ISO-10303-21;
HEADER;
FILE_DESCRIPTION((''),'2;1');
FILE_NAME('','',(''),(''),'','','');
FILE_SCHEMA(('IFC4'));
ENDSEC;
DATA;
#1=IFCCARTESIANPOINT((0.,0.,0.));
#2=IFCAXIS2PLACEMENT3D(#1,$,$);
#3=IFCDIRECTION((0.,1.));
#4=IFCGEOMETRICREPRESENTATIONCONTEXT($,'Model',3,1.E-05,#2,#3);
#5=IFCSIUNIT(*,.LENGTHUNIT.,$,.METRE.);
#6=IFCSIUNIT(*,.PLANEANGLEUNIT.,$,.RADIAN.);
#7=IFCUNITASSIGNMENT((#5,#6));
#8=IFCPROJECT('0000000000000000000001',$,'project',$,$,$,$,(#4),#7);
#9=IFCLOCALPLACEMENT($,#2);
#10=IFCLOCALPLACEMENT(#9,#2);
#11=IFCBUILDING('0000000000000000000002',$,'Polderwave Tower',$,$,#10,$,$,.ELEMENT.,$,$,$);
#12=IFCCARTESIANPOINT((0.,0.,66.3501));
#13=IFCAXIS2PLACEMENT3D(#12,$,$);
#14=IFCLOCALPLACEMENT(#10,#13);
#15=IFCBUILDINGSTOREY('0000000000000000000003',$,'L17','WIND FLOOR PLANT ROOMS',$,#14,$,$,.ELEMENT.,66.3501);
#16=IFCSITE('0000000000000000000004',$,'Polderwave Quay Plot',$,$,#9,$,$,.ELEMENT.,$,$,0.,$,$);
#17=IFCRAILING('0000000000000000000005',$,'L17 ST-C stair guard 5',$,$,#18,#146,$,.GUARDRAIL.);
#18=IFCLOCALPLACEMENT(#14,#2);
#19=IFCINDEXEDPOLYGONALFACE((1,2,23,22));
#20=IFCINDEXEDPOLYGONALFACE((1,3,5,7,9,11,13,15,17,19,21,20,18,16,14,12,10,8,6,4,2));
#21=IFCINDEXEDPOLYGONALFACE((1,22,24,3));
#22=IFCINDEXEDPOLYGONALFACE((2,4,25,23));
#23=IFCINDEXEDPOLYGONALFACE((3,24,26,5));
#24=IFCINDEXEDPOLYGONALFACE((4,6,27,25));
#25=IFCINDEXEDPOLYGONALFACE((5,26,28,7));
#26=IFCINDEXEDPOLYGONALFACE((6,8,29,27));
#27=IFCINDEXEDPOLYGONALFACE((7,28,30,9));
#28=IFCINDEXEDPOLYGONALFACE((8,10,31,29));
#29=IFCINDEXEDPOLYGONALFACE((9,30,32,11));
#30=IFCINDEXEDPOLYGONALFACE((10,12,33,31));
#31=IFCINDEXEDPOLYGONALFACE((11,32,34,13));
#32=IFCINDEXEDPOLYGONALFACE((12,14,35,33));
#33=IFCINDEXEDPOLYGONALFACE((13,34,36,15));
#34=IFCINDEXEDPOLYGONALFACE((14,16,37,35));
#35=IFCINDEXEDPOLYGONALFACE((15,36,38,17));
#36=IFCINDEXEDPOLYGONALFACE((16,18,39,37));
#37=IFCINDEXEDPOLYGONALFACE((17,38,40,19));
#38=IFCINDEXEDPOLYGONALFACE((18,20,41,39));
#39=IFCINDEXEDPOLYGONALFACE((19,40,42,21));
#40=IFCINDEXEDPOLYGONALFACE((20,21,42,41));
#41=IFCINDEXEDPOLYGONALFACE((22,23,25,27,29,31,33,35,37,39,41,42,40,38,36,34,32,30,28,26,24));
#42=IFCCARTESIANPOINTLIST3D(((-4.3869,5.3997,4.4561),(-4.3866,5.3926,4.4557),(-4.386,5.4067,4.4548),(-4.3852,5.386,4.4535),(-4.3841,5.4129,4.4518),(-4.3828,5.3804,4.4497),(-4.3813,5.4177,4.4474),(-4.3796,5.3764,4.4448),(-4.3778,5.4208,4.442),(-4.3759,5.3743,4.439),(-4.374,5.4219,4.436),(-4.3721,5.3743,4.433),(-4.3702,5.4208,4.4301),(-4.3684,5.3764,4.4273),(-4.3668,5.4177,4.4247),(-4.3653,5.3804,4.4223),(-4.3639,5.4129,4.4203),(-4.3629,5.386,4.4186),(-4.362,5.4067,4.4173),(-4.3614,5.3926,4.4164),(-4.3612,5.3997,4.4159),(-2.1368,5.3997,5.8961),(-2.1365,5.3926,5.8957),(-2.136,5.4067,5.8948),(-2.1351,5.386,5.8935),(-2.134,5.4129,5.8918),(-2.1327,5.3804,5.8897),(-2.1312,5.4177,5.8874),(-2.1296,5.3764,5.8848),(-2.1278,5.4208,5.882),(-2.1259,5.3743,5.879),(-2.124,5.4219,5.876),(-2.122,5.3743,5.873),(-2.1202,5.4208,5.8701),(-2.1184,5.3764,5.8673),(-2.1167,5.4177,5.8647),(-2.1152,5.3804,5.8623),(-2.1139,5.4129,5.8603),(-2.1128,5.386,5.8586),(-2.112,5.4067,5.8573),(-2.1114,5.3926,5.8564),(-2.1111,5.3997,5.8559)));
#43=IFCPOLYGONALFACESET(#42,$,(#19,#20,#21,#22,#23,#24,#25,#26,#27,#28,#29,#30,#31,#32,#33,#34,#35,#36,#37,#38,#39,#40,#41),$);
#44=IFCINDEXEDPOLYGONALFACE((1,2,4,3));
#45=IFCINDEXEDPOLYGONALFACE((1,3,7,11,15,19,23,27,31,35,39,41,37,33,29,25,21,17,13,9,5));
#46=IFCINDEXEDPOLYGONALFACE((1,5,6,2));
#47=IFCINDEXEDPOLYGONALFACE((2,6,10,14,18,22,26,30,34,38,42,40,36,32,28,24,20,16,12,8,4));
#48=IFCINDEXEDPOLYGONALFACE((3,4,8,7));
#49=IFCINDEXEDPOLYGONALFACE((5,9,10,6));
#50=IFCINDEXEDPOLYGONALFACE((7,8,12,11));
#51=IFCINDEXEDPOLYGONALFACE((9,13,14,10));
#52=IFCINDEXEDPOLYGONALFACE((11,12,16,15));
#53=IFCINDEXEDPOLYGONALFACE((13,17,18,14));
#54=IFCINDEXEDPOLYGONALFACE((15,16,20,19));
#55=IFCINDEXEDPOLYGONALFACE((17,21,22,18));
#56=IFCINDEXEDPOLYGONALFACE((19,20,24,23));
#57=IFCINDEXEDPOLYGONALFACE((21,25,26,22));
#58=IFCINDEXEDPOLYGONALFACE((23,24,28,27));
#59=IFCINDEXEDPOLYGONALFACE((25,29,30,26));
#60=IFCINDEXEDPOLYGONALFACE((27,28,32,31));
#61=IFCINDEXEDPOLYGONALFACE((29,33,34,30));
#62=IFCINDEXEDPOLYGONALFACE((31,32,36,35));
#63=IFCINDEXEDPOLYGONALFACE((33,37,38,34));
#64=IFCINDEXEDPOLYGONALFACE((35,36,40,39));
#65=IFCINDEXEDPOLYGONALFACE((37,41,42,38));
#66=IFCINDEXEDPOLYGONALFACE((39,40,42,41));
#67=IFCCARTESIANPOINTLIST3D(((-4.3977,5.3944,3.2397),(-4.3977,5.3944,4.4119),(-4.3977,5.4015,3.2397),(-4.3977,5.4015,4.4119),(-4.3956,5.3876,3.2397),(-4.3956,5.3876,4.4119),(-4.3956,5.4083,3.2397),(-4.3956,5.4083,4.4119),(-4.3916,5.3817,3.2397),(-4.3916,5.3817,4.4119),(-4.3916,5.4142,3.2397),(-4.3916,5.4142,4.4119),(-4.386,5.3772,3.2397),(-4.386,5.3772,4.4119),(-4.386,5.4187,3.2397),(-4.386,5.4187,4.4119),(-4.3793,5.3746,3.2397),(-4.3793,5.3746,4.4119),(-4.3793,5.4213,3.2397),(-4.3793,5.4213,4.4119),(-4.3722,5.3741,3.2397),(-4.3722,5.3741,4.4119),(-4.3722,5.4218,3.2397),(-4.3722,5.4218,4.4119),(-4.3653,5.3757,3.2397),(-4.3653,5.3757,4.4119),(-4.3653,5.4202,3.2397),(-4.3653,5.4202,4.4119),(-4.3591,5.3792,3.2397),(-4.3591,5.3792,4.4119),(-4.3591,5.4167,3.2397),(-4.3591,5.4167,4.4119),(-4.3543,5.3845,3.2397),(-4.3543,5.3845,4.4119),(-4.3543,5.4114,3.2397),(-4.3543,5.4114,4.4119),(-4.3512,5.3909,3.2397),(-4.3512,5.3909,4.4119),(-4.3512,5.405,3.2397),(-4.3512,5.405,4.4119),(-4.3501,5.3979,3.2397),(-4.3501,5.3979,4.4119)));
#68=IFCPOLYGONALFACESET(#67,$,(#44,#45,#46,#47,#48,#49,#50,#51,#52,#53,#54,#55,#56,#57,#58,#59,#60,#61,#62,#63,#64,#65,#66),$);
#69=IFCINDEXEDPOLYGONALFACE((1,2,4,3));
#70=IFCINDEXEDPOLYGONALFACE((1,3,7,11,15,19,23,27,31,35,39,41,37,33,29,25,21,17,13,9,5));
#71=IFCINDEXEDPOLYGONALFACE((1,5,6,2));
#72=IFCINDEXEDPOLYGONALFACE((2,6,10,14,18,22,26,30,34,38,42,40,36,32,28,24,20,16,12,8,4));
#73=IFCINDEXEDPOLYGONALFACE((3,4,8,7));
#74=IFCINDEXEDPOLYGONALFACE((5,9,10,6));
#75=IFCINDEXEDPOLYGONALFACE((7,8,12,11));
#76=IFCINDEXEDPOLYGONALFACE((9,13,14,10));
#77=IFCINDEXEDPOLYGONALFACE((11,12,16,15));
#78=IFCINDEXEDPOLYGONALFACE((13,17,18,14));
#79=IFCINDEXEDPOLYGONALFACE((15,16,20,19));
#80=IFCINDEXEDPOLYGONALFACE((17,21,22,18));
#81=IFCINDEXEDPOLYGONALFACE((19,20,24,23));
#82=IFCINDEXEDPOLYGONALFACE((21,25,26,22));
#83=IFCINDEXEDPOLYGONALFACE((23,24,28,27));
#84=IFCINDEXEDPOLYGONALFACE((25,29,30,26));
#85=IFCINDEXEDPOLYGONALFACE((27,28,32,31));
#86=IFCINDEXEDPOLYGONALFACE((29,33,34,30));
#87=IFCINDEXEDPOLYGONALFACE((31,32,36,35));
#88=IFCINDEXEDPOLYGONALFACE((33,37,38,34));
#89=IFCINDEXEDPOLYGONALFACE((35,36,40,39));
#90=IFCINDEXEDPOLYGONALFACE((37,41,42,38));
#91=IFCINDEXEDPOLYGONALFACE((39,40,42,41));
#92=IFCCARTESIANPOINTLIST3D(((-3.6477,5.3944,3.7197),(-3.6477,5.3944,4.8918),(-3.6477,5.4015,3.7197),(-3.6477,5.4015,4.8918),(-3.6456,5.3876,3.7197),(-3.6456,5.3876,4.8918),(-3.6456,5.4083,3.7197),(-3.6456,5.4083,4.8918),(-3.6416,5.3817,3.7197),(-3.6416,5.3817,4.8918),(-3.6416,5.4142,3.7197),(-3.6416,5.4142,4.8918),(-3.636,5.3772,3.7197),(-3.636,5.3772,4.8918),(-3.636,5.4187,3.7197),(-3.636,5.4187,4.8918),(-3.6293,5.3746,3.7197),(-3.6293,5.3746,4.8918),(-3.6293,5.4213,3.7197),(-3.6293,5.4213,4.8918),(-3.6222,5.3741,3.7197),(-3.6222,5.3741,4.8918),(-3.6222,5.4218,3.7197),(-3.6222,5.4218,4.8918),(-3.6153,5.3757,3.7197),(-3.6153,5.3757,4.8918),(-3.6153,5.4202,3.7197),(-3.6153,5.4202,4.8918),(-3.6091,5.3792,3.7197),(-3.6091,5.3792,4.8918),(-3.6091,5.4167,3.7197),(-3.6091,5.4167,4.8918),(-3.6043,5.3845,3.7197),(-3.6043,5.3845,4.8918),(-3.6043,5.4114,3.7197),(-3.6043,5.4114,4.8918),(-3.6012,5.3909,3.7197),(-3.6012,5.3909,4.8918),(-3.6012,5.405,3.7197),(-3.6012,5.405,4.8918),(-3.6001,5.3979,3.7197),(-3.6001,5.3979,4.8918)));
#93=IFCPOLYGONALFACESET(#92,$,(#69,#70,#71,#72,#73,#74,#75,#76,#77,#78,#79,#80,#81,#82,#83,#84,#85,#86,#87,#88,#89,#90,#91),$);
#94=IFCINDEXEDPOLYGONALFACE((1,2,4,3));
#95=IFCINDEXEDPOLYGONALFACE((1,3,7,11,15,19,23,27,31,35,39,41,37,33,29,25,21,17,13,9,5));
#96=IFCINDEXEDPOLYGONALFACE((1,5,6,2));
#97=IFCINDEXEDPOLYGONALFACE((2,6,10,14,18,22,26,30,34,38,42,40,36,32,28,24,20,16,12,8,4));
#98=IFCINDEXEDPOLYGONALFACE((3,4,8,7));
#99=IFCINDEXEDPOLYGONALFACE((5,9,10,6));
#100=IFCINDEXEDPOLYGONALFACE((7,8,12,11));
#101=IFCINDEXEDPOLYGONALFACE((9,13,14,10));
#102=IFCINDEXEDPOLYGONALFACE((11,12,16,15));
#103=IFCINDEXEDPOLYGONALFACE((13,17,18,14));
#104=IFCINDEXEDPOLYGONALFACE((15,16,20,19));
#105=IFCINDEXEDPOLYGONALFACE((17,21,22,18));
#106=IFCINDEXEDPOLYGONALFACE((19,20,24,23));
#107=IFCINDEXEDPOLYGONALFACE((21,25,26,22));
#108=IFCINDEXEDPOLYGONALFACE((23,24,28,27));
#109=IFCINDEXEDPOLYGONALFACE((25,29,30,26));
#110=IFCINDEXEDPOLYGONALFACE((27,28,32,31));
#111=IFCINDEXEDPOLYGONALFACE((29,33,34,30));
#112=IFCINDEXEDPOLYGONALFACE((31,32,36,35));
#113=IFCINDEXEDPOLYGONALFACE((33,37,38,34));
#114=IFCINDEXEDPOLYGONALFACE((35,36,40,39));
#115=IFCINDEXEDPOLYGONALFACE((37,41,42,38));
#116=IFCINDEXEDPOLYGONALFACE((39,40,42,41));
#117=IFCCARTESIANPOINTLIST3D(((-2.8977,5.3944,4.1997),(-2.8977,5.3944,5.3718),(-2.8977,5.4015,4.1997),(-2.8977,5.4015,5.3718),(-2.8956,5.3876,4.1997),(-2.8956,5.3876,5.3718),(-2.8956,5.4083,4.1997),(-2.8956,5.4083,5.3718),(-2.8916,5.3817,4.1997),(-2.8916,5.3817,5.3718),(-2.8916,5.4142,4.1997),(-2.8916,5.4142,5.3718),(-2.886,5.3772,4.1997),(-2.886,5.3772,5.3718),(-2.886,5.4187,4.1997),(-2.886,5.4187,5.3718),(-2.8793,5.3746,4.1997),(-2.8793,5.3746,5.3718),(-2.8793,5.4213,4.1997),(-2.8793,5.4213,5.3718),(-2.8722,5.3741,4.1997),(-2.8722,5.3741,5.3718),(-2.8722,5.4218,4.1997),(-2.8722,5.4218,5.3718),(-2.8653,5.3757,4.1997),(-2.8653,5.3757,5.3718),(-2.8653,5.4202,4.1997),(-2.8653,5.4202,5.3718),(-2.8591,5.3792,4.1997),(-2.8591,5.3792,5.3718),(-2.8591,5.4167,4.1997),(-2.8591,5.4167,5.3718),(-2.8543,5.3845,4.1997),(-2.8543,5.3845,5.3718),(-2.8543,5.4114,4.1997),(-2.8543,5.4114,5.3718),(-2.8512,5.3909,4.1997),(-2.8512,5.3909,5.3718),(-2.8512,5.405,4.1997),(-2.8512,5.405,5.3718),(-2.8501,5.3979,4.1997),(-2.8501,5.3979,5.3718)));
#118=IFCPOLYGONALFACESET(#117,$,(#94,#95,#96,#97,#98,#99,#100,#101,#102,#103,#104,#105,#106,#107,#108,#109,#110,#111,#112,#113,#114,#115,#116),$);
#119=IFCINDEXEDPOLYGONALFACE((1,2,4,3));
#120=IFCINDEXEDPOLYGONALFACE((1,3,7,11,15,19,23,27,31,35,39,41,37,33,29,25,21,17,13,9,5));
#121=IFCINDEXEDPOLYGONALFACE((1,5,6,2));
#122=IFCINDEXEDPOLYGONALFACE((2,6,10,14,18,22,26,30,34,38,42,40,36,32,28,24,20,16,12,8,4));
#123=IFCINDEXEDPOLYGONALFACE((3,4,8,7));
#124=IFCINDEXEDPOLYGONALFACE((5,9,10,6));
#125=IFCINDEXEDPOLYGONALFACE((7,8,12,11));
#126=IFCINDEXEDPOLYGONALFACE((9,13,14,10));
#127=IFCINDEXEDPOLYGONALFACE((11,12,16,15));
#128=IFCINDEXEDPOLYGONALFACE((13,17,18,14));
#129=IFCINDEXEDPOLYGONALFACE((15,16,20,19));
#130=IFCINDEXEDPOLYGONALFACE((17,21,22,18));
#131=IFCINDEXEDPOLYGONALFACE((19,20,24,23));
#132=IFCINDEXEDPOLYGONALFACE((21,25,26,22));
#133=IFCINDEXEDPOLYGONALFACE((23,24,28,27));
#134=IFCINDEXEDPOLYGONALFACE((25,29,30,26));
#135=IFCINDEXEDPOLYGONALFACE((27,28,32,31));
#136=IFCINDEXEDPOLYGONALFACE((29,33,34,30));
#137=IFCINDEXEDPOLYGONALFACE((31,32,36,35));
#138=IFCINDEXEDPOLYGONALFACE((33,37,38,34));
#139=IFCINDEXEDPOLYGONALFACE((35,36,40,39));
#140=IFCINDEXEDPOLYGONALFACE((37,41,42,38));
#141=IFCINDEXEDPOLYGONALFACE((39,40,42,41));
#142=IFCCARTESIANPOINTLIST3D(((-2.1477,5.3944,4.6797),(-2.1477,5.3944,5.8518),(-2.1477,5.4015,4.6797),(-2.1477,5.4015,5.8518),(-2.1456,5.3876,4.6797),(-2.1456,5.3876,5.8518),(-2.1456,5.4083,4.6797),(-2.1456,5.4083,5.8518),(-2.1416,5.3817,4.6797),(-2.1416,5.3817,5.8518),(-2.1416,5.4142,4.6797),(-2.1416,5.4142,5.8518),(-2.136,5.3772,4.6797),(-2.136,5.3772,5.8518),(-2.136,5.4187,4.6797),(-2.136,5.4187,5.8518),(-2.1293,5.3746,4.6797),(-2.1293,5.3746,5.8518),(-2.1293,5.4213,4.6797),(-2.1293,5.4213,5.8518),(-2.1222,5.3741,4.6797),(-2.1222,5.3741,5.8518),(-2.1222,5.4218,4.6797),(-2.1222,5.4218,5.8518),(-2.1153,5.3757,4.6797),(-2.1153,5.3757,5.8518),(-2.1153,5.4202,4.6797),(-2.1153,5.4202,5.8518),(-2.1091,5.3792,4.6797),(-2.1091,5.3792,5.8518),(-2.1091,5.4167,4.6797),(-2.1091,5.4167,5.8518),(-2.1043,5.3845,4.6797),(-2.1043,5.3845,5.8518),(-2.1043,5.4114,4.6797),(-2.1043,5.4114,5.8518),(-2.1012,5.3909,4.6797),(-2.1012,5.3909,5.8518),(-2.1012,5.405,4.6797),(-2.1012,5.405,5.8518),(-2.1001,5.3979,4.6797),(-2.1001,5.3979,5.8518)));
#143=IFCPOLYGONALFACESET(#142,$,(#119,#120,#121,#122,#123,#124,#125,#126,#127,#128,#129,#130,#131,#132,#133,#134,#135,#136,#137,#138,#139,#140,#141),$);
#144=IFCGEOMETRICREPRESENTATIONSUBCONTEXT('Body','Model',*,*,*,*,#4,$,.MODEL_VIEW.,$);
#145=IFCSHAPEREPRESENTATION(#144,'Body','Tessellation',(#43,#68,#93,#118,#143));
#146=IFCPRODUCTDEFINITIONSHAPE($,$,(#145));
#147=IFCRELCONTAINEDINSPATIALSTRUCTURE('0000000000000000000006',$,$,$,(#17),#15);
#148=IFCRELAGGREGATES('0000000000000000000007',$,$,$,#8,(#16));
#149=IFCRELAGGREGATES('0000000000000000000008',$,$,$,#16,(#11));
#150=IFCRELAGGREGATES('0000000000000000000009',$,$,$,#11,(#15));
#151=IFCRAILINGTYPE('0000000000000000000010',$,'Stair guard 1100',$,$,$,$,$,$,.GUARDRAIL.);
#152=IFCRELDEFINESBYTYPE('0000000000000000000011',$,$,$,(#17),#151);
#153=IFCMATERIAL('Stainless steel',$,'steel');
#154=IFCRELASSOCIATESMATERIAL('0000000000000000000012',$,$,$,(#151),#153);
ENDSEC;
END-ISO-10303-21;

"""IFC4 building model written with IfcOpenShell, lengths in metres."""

from ifc_helpers import new_model, si_unit, direction, frame, origin, origin_2d, place, context, subcontext, project, spatial, circle, extrude, material, type_object, element, save


model = new_model("IFC4")

# Units and contexts
model_context = context("Model", 3, precision=1e-05, world=origin(), true_north=direction((0.0, 1.0)))
body_context = subcontext(model_context, "Body", "Model", "MODEL_VIEW")
ifc_project = project(units=[si_unit("LENGTHUNIT", "METRE"), si_unit("PLANEANGLEUNIT", "RADIAN")], contexts=[model_context])

# Site, building, storey
site_placement = place(None, origin())
site = spatial("IfcSite", under=ifc_project, at=site_placement, Name="Polderwave Quay Plot", CompositionType="ELEMENT", RefElevation=0.0)
building_placement = place(site_placement, origin())
building = spatial("IfcBuilding", under=site, at=building_placement, Name="Polderwave Tower", CompositionType="ELEMENT")
storey_placement = place(building_placement, frame((0.0, 0.0, 66.3501)))
storey = spatial("IfcBuildingStorey", under=building, at=storey_placement, Name="L17", Description="WIND FLOOR PLANT ROOMS", CompositionType="ELEMENT", Elevation=66.3501)

# Railing
ifc_material_1 = material(Name="Stainless steel", Category="steel")
railing_type_1 = type_object("IfcRailingType", Name="Stair guard 1100", PredefinedType="GUARDRAIL", material=ifc_material_1)
railing_1_placement = place(storey_placement, frame((-4.374, 5.3979, 3.2397)))
element("IfcRailing", 1, at=railing_1_placement, inside=storey, type_object=railing_type_1, Name="L17 ST-C stair guard 5", PredefinedType="GUARDRAIL", context=body_context, shape_type="SweptSolid", body=[
    extrude(circle(Radius=0.0239, at=origin_2d()), frame((0.0, 0.0, 1.1963), z_axis=(0.842281, 0.0, 0.539038), x_axis=(0.0, 1.0, 0.0)), (0.0, 0.0, 1.0), 2.6714),
    extrude(circle(Radius=0.0239, at=origin_2d()), origin(), (0.0, 0.0, 1.0), 1.1721),
    extrude(circle(Radius=0.0239, at=origin_2d()), frame((0.75, 0.0, 0.48)), (0.0, 0.0, 1.0), 1.1721),
    extrude(circle(Radius=0.0239, at=origin_2d()), frame((1.5, 0.0, 0.96)), (0.0, 0.0, 1.0), 1.1721),
    extrude(circle(Radius=0.0239, at=origin_2d()), frame((2.25, 0.0, 1.4399)), (0.0, 0.0, 1.0), 1.1721),
])

save(model, "model.ifc")
